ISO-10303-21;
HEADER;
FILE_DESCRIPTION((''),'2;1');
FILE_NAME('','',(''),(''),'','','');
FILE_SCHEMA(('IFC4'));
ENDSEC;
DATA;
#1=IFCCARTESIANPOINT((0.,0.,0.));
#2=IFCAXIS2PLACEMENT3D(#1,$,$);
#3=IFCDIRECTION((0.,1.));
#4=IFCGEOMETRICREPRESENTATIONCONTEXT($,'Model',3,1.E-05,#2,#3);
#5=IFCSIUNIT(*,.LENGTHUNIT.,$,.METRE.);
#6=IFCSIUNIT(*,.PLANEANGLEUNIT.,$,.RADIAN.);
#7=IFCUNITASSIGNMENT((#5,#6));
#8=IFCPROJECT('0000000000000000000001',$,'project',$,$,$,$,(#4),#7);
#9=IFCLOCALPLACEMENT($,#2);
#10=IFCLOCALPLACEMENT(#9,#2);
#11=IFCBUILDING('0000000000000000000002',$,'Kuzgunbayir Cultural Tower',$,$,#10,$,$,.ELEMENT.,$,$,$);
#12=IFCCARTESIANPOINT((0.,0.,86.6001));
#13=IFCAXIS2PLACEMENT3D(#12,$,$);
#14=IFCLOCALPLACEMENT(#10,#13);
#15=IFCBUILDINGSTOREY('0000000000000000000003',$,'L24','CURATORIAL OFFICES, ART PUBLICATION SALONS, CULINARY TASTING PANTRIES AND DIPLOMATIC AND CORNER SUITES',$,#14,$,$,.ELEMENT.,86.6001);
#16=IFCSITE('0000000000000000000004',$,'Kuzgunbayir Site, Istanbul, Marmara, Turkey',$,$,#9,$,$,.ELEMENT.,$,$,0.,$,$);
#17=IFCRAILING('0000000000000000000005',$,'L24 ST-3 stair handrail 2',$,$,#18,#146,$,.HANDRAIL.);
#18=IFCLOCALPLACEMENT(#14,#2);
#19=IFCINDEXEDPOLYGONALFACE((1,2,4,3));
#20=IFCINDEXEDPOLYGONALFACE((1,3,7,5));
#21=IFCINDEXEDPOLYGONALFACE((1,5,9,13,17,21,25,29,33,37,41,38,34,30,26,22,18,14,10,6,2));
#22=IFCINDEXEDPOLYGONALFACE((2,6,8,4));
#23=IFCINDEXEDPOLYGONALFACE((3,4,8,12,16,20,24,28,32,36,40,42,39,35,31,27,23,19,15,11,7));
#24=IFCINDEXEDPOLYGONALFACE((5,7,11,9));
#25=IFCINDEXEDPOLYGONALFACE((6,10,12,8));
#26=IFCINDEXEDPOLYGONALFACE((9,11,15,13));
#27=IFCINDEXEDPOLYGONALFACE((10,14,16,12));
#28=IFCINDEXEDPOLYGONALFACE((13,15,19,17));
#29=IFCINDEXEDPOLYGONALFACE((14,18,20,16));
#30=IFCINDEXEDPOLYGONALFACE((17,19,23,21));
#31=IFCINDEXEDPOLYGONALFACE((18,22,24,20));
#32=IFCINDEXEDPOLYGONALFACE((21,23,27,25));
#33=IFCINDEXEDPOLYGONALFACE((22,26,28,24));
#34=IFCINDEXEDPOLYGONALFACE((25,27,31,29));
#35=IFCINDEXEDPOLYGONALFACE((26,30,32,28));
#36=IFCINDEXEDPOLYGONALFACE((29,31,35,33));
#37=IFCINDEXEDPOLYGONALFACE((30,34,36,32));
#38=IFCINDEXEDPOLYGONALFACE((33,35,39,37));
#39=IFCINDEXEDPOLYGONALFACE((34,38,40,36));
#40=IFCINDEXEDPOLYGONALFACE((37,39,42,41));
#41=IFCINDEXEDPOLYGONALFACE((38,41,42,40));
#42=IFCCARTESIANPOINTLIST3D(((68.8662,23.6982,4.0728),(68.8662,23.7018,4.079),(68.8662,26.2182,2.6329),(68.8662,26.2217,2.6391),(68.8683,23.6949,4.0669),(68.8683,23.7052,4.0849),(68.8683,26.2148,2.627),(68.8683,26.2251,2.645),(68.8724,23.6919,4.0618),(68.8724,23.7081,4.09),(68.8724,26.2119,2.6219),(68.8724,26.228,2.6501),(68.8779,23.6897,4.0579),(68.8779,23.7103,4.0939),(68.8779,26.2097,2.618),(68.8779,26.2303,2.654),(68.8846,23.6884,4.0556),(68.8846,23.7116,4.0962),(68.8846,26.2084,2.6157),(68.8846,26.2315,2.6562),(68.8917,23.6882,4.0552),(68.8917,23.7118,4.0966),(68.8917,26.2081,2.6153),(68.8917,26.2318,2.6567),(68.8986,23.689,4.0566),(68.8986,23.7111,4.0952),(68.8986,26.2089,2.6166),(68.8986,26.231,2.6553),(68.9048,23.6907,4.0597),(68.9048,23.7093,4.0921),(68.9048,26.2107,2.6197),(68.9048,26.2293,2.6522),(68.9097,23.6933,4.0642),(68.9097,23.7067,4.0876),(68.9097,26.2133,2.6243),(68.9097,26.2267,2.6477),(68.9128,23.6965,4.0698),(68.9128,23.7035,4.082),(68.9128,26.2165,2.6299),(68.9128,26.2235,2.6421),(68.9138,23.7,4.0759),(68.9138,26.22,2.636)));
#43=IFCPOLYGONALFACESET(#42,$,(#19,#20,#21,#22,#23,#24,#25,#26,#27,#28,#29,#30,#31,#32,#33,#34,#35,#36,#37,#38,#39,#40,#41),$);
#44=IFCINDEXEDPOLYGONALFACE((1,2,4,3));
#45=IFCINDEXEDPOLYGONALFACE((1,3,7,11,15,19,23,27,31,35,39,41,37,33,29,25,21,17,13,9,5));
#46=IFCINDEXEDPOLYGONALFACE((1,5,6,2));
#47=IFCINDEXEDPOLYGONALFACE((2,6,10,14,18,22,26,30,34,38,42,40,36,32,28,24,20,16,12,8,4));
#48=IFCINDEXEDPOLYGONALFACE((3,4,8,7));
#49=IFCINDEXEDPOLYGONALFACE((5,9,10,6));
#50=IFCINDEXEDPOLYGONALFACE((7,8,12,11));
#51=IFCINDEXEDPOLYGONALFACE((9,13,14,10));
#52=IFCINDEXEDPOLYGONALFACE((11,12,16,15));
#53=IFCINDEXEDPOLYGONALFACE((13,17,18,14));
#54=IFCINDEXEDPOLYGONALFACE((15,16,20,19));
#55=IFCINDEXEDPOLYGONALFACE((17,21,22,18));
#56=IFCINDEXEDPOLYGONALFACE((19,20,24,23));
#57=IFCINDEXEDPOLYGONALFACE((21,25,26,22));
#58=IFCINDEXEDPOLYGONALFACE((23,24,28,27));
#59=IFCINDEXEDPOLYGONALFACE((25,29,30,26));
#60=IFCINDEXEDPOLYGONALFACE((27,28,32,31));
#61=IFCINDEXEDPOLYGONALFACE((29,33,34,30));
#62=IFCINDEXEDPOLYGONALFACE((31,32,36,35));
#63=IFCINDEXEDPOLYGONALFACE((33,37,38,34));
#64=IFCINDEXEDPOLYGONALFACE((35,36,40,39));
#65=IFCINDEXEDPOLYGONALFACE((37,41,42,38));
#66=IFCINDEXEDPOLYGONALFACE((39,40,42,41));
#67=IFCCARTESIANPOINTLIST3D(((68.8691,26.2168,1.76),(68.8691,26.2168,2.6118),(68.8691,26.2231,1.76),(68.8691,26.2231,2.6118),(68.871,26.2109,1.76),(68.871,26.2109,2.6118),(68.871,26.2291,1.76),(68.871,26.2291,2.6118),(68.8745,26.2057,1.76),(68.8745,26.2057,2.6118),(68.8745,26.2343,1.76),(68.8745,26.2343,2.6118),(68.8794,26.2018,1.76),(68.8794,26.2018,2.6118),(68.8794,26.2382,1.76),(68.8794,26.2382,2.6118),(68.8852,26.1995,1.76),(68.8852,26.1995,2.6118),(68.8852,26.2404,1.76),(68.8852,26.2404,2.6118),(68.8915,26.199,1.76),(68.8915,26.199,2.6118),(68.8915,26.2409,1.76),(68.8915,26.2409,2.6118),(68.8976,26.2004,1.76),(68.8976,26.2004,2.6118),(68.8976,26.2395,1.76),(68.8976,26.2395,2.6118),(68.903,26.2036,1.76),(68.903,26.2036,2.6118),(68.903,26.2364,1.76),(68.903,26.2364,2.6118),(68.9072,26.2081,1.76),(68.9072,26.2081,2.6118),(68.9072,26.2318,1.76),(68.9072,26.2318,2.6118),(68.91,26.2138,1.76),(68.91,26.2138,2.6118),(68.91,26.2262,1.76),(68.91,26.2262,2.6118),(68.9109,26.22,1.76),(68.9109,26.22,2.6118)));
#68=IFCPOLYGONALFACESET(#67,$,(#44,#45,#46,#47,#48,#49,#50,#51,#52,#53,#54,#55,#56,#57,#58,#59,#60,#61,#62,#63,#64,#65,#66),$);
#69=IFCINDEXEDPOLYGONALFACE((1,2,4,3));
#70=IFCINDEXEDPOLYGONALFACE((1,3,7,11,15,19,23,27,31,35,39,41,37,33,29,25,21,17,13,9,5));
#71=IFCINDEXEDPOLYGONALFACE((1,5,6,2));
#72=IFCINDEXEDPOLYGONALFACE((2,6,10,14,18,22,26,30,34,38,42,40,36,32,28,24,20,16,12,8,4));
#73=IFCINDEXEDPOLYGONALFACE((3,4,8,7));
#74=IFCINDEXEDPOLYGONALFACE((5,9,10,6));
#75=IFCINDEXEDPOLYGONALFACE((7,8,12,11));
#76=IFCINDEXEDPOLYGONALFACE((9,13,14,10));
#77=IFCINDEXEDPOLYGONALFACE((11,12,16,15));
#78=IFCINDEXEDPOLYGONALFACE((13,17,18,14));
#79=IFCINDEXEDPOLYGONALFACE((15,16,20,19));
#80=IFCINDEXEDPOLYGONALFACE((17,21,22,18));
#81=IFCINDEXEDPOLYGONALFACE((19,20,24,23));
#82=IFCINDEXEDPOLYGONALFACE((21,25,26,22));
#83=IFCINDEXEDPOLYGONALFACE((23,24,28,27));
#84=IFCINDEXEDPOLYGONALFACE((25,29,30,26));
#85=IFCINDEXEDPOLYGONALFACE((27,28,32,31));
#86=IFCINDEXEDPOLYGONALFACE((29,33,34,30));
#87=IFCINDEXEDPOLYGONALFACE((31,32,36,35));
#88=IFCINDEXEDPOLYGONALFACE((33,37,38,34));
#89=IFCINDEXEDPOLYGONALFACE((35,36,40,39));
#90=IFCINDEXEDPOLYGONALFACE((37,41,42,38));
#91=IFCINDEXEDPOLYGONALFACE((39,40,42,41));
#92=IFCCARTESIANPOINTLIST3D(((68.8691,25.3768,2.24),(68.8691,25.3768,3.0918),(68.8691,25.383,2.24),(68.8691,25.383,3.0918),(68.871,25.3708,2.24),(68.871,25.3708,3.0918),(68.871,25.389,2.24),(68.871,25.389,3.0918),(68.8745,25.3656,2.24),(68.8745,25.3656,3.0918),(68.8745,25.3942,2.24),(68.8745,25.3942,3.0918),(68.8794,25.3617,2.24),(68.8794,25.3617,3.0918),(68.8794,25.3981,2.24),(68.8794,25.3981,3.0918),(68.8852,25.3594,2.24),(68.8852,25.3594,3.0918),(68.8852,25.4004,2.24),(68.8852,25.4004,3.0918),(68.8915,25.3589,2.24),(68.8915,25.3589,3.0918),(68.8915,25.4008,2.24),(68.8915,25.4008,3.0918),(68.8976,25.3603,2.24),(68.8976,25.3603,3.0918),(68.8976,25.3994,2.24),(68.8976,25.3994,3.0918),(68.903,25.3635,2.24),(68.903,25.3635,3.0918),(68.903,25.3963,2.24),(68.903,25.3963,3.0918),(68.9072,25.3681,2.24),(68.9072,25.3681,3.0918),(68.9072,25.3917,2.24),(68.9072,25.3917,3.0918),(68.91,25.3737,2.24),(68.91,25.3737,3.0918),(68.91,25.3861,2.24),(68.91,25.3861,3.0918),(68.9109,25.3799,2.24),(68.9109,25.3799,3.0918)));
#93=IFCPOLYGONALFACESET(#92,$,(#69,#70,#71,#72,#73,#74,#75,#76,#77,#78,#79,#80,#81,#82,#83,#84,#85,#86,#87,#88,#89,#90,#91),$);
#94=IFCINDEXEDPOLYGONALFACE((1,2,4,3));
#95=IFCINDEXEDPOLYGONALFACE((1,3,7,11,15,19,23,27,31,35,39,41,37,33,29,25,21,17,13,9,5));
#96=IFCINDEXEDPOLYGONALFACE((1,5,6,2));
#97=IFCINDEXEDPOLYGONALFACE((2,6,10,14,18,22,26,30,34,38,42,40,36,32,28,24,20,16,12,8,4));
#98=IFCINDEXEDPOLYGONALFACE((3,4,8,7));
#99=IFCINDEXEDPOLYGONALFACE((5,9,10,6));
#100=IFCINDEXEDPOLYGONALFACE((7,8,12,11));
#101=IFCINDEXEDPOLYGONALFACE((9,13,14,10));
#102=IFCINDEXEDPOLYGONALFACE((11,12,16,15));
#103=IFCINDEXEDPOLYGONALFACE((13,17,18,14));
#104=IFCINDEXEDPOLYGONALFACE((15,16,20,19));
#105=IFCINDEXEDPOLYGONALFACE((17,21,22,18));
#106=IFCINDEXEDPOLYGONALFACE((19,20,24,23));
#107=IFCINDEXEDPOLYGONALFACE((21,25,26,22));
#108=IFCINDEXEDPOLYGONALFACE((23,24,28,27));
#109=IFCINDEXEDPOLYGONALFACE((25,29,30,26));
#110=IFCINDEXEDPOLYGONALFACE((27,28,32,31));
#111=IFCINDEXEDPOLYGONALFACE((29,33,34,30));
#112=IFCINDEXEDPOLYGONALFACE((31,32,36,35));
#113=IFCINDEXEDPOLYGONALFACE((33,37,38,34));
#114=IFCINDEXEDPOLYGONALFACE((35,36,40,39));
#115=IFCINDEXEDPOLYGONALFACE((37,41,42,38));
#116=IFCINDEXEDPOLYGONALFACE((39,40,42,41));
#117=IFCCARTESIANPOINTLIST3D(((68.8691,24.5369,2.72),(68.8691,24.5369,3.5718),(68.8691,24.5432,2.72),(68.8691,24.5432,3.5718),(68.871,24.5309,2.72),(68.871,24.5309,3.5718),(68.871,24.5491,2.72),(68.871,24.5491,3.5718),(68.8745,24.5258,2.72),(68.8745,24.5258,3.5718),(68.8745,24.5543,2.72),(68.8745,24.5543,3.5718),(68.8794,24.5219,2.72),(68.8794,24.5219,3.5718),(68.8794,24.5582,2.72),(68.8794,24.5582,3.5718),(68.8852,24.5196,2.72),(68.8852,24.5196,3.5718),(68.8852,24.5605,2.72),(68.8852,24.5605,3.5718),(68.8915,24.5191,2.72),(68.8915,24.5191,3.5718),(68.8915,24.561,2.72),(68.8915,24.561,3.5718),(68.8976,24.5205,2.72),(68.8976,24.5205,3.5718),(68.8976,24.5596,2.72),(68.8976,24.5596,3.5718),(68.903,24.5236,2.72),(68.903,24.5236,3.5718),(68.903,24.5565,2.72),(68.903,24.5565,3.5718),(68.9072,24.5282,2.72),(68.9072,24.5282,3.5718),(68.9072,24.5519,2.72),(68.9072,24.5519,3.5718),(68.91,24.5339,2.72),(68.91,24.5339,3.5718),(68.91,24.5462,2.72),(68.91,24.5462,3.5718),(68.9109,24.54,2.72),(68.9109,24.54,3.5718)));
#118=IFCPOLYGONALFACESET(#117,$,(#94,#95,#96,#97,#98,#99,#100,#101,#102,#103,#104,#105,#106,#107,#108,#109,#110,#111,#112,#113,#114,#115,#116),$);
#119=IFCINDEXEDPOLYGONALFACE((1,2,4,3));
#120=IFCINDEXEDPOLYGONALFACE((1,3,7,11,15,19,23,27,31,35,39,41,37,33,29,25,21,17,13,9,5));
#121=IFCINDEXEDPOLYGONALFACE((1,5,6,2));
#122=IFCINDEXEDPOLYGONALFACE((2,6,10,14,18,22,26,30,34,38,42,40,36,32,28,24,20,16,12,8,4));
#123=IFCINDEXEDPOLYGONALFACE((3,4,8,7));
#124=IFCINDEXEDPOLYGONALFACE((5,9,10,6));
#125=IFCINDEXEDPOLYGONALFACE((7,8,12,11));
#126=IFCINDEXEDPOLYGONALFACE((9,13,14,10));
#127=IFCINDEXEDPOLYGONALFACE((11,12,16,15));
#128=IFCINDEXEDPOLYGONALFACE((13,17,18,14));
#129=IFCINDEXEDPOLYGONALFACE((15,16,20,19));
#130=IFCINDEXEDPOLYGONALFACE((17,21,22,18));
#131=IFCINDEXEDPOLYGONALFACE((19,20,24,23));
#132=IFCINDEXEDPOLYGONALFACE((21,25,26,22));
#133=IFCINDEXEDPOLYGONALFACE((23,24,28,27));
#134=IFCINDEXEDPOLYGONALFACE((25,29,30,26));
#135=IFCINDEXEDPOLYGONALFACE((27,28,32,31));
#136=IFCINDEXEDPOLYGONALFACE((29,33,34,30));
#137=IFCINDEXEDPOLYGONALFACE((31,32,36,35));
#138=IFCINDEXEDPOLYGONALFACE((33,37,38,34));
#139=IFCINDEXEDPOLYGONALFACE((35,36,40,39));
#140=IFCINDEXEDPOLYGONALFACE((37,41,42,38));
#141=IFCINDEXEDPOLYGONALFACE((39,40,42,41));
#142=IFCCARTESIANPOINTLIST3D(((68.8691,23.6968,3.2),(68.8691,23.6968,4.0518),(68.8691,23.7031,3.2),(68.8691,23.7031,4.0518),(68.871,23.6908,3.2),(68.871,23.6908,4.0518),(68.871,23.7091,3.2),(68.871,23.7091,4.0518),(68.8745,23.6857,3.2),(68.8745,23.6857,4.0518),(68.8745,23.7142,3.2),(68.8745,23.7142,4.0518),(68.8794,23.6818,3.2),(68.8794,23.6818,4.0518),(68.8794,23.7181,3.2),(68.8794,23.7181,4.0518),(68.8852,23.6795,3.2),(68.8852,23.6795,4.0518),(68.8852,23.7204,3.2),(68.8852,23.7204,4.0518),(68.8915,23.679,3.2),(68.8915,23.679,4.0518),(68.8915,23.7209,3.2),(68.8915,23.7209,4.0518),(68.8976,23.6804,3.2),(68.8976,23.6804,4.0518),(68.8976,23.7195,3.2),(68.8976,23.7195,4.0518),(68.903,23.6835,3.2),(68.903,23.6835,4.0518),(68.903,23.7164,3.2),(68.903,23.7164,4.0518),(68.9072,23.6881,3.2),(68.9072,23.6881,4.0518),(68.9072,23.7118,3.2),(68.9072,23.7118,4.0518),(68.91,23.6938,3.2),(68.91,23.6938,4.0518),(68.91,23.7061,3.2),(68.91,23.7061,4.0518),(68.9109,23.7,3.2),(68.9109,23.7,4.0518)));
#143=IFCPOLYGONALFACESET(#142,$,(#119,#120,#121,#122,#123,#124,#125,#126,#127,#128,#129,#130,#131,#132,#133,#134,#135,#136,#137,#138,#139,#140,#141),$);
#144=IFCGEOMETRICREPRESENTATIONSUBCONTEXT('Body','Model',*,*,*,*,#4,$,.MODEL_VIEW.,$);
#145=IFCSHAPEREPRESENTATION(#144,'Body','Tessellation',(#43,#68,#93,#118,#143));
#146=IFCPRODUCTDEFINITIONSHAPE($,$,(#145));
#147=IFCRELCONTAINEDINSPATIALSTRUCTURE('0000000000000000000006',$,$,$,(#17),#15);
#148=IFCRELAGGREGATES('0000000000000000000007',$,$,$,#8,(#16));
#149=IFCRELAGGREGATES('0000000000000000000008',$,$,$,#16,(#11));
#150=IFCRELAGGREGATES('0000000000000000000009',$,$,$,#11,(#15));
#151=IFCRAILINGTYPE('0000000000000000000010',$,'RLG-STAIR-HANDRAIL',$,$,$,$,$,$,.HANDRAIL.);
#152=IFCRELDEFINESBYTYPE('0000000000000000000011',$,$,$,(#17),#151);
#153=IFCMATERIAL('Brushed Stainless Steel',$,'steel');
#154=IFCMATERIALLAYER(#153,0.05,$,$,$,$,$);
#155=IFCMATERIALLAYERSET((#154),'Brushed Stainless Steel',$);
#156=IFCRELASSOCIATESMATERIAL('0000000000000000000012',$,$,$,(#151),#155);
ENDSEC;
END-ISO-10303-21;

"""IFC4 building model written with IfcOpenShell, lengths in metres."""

from ifc_helpers import new_model, si_unit, direction, frame, origin, origin_2d, place, context, subcontext, project, spatial, circle, extrude, material, layer, layer_set, type_object, element, save


model = new_model("IFC4")

# Units and contexts
model_context = context("Model", 3, precision=1e-05, world=origin(), true_north=direction((0.0, 1.0)))
body_context = subcontext(model_context, "Body", "Model", "MODEL_VIEW")
ifc_project = project(units=[si_unit("LENGTHUNIT", "METRE"), si_unit("PLANEANGLEUNIT", "RADIAN")], contexts=[model_context])

# Site, building, storey
site_placement = place(None, origin())
site = spatial("IfcSite", under=ifc_project, at=site_placement, Name="Kuzgunbayir Site, Istanbul, Marmara, Turkey", CompositionType="ELEMENT", RefElevation=0.0)
building_placement = place(site_placement, origin())
building = spatial("IfcBuilding", under=site, at=building_placement, Name="Kuzgunbayir Cultural Tower", CompositionType="ELEMENT")
storey_placement = place(building_placement, frame((0.0, 0.0, 86.6001)))
storey = spatial("IfcBuildingStorey", under=building, at=storey_placement, Name="L24", Description="CURATORIAL OFFICES, ART PUBLICATION SALONS, CULINARY TASTING PANTRIES AND DIPLOMATIC AND CORNER SUITES", CompositionType="ELEMENT", Elevation=86.6001)

# Railing
ifc_material_1 = material(Name="Brushed Stainless Steel", Category="steel")
ifc_layer_1 = layer(ifc_material_1, 0.05)
ifc_layer_set_1 = layer_set([ifc_layer_1], Name="Brushed Stainless Steel")
railing_type_1 = type_object("IfcRailingType", Name="RLG-STAIR-HANDRAIL", PredefinedType="HANDRAIL", material=ifc_layer_set_1)
railing_1_placement = place(storey_placement, frame((68.8899, 26.22, 1.76)))
element("IfcRailing", 1, at=railing_1_placement, inside=storey, type_object=railing_type_1, Name="L24 ST-3 stair handrail 2", PredefinedType="HANDRAIL", context=body_context, shape_type="SweptSolid", body=[
    extrude(circle(Radius=0.0239, at=origin_2d()), frame((0.0, 0.0, 0.876), z_axis=(0.0, -0.868253, 0.496121), x_axis=(1.0, 0.0, 0.0)), (0.0, 0.0, 1.0), 2.9023),
    extrude(circle(Radius=0.021, at=origin_2d()), origin(), (0.0, 0.0, 1.0), 0.8518),
    extrude(circle(Radius=0.021, at=origin_2d()), frame((0.0, -0.8401, 0.48)), (0.0, 0.0, 1.0), 0.8518),
    extrude(circle(Radius=0.021, at=origin_2d()), frame((0.0, -1.6799, 0.96)), (0.0, 0.0, 1.0), 0.8518),
    extrude(circle(Radius=0.021, at=origin_2d()), frame((0.0, -2.52, 1.4399)), (0.0, 0.0, 1.0), 0.8518),
])

save(model, "model.ifc")
